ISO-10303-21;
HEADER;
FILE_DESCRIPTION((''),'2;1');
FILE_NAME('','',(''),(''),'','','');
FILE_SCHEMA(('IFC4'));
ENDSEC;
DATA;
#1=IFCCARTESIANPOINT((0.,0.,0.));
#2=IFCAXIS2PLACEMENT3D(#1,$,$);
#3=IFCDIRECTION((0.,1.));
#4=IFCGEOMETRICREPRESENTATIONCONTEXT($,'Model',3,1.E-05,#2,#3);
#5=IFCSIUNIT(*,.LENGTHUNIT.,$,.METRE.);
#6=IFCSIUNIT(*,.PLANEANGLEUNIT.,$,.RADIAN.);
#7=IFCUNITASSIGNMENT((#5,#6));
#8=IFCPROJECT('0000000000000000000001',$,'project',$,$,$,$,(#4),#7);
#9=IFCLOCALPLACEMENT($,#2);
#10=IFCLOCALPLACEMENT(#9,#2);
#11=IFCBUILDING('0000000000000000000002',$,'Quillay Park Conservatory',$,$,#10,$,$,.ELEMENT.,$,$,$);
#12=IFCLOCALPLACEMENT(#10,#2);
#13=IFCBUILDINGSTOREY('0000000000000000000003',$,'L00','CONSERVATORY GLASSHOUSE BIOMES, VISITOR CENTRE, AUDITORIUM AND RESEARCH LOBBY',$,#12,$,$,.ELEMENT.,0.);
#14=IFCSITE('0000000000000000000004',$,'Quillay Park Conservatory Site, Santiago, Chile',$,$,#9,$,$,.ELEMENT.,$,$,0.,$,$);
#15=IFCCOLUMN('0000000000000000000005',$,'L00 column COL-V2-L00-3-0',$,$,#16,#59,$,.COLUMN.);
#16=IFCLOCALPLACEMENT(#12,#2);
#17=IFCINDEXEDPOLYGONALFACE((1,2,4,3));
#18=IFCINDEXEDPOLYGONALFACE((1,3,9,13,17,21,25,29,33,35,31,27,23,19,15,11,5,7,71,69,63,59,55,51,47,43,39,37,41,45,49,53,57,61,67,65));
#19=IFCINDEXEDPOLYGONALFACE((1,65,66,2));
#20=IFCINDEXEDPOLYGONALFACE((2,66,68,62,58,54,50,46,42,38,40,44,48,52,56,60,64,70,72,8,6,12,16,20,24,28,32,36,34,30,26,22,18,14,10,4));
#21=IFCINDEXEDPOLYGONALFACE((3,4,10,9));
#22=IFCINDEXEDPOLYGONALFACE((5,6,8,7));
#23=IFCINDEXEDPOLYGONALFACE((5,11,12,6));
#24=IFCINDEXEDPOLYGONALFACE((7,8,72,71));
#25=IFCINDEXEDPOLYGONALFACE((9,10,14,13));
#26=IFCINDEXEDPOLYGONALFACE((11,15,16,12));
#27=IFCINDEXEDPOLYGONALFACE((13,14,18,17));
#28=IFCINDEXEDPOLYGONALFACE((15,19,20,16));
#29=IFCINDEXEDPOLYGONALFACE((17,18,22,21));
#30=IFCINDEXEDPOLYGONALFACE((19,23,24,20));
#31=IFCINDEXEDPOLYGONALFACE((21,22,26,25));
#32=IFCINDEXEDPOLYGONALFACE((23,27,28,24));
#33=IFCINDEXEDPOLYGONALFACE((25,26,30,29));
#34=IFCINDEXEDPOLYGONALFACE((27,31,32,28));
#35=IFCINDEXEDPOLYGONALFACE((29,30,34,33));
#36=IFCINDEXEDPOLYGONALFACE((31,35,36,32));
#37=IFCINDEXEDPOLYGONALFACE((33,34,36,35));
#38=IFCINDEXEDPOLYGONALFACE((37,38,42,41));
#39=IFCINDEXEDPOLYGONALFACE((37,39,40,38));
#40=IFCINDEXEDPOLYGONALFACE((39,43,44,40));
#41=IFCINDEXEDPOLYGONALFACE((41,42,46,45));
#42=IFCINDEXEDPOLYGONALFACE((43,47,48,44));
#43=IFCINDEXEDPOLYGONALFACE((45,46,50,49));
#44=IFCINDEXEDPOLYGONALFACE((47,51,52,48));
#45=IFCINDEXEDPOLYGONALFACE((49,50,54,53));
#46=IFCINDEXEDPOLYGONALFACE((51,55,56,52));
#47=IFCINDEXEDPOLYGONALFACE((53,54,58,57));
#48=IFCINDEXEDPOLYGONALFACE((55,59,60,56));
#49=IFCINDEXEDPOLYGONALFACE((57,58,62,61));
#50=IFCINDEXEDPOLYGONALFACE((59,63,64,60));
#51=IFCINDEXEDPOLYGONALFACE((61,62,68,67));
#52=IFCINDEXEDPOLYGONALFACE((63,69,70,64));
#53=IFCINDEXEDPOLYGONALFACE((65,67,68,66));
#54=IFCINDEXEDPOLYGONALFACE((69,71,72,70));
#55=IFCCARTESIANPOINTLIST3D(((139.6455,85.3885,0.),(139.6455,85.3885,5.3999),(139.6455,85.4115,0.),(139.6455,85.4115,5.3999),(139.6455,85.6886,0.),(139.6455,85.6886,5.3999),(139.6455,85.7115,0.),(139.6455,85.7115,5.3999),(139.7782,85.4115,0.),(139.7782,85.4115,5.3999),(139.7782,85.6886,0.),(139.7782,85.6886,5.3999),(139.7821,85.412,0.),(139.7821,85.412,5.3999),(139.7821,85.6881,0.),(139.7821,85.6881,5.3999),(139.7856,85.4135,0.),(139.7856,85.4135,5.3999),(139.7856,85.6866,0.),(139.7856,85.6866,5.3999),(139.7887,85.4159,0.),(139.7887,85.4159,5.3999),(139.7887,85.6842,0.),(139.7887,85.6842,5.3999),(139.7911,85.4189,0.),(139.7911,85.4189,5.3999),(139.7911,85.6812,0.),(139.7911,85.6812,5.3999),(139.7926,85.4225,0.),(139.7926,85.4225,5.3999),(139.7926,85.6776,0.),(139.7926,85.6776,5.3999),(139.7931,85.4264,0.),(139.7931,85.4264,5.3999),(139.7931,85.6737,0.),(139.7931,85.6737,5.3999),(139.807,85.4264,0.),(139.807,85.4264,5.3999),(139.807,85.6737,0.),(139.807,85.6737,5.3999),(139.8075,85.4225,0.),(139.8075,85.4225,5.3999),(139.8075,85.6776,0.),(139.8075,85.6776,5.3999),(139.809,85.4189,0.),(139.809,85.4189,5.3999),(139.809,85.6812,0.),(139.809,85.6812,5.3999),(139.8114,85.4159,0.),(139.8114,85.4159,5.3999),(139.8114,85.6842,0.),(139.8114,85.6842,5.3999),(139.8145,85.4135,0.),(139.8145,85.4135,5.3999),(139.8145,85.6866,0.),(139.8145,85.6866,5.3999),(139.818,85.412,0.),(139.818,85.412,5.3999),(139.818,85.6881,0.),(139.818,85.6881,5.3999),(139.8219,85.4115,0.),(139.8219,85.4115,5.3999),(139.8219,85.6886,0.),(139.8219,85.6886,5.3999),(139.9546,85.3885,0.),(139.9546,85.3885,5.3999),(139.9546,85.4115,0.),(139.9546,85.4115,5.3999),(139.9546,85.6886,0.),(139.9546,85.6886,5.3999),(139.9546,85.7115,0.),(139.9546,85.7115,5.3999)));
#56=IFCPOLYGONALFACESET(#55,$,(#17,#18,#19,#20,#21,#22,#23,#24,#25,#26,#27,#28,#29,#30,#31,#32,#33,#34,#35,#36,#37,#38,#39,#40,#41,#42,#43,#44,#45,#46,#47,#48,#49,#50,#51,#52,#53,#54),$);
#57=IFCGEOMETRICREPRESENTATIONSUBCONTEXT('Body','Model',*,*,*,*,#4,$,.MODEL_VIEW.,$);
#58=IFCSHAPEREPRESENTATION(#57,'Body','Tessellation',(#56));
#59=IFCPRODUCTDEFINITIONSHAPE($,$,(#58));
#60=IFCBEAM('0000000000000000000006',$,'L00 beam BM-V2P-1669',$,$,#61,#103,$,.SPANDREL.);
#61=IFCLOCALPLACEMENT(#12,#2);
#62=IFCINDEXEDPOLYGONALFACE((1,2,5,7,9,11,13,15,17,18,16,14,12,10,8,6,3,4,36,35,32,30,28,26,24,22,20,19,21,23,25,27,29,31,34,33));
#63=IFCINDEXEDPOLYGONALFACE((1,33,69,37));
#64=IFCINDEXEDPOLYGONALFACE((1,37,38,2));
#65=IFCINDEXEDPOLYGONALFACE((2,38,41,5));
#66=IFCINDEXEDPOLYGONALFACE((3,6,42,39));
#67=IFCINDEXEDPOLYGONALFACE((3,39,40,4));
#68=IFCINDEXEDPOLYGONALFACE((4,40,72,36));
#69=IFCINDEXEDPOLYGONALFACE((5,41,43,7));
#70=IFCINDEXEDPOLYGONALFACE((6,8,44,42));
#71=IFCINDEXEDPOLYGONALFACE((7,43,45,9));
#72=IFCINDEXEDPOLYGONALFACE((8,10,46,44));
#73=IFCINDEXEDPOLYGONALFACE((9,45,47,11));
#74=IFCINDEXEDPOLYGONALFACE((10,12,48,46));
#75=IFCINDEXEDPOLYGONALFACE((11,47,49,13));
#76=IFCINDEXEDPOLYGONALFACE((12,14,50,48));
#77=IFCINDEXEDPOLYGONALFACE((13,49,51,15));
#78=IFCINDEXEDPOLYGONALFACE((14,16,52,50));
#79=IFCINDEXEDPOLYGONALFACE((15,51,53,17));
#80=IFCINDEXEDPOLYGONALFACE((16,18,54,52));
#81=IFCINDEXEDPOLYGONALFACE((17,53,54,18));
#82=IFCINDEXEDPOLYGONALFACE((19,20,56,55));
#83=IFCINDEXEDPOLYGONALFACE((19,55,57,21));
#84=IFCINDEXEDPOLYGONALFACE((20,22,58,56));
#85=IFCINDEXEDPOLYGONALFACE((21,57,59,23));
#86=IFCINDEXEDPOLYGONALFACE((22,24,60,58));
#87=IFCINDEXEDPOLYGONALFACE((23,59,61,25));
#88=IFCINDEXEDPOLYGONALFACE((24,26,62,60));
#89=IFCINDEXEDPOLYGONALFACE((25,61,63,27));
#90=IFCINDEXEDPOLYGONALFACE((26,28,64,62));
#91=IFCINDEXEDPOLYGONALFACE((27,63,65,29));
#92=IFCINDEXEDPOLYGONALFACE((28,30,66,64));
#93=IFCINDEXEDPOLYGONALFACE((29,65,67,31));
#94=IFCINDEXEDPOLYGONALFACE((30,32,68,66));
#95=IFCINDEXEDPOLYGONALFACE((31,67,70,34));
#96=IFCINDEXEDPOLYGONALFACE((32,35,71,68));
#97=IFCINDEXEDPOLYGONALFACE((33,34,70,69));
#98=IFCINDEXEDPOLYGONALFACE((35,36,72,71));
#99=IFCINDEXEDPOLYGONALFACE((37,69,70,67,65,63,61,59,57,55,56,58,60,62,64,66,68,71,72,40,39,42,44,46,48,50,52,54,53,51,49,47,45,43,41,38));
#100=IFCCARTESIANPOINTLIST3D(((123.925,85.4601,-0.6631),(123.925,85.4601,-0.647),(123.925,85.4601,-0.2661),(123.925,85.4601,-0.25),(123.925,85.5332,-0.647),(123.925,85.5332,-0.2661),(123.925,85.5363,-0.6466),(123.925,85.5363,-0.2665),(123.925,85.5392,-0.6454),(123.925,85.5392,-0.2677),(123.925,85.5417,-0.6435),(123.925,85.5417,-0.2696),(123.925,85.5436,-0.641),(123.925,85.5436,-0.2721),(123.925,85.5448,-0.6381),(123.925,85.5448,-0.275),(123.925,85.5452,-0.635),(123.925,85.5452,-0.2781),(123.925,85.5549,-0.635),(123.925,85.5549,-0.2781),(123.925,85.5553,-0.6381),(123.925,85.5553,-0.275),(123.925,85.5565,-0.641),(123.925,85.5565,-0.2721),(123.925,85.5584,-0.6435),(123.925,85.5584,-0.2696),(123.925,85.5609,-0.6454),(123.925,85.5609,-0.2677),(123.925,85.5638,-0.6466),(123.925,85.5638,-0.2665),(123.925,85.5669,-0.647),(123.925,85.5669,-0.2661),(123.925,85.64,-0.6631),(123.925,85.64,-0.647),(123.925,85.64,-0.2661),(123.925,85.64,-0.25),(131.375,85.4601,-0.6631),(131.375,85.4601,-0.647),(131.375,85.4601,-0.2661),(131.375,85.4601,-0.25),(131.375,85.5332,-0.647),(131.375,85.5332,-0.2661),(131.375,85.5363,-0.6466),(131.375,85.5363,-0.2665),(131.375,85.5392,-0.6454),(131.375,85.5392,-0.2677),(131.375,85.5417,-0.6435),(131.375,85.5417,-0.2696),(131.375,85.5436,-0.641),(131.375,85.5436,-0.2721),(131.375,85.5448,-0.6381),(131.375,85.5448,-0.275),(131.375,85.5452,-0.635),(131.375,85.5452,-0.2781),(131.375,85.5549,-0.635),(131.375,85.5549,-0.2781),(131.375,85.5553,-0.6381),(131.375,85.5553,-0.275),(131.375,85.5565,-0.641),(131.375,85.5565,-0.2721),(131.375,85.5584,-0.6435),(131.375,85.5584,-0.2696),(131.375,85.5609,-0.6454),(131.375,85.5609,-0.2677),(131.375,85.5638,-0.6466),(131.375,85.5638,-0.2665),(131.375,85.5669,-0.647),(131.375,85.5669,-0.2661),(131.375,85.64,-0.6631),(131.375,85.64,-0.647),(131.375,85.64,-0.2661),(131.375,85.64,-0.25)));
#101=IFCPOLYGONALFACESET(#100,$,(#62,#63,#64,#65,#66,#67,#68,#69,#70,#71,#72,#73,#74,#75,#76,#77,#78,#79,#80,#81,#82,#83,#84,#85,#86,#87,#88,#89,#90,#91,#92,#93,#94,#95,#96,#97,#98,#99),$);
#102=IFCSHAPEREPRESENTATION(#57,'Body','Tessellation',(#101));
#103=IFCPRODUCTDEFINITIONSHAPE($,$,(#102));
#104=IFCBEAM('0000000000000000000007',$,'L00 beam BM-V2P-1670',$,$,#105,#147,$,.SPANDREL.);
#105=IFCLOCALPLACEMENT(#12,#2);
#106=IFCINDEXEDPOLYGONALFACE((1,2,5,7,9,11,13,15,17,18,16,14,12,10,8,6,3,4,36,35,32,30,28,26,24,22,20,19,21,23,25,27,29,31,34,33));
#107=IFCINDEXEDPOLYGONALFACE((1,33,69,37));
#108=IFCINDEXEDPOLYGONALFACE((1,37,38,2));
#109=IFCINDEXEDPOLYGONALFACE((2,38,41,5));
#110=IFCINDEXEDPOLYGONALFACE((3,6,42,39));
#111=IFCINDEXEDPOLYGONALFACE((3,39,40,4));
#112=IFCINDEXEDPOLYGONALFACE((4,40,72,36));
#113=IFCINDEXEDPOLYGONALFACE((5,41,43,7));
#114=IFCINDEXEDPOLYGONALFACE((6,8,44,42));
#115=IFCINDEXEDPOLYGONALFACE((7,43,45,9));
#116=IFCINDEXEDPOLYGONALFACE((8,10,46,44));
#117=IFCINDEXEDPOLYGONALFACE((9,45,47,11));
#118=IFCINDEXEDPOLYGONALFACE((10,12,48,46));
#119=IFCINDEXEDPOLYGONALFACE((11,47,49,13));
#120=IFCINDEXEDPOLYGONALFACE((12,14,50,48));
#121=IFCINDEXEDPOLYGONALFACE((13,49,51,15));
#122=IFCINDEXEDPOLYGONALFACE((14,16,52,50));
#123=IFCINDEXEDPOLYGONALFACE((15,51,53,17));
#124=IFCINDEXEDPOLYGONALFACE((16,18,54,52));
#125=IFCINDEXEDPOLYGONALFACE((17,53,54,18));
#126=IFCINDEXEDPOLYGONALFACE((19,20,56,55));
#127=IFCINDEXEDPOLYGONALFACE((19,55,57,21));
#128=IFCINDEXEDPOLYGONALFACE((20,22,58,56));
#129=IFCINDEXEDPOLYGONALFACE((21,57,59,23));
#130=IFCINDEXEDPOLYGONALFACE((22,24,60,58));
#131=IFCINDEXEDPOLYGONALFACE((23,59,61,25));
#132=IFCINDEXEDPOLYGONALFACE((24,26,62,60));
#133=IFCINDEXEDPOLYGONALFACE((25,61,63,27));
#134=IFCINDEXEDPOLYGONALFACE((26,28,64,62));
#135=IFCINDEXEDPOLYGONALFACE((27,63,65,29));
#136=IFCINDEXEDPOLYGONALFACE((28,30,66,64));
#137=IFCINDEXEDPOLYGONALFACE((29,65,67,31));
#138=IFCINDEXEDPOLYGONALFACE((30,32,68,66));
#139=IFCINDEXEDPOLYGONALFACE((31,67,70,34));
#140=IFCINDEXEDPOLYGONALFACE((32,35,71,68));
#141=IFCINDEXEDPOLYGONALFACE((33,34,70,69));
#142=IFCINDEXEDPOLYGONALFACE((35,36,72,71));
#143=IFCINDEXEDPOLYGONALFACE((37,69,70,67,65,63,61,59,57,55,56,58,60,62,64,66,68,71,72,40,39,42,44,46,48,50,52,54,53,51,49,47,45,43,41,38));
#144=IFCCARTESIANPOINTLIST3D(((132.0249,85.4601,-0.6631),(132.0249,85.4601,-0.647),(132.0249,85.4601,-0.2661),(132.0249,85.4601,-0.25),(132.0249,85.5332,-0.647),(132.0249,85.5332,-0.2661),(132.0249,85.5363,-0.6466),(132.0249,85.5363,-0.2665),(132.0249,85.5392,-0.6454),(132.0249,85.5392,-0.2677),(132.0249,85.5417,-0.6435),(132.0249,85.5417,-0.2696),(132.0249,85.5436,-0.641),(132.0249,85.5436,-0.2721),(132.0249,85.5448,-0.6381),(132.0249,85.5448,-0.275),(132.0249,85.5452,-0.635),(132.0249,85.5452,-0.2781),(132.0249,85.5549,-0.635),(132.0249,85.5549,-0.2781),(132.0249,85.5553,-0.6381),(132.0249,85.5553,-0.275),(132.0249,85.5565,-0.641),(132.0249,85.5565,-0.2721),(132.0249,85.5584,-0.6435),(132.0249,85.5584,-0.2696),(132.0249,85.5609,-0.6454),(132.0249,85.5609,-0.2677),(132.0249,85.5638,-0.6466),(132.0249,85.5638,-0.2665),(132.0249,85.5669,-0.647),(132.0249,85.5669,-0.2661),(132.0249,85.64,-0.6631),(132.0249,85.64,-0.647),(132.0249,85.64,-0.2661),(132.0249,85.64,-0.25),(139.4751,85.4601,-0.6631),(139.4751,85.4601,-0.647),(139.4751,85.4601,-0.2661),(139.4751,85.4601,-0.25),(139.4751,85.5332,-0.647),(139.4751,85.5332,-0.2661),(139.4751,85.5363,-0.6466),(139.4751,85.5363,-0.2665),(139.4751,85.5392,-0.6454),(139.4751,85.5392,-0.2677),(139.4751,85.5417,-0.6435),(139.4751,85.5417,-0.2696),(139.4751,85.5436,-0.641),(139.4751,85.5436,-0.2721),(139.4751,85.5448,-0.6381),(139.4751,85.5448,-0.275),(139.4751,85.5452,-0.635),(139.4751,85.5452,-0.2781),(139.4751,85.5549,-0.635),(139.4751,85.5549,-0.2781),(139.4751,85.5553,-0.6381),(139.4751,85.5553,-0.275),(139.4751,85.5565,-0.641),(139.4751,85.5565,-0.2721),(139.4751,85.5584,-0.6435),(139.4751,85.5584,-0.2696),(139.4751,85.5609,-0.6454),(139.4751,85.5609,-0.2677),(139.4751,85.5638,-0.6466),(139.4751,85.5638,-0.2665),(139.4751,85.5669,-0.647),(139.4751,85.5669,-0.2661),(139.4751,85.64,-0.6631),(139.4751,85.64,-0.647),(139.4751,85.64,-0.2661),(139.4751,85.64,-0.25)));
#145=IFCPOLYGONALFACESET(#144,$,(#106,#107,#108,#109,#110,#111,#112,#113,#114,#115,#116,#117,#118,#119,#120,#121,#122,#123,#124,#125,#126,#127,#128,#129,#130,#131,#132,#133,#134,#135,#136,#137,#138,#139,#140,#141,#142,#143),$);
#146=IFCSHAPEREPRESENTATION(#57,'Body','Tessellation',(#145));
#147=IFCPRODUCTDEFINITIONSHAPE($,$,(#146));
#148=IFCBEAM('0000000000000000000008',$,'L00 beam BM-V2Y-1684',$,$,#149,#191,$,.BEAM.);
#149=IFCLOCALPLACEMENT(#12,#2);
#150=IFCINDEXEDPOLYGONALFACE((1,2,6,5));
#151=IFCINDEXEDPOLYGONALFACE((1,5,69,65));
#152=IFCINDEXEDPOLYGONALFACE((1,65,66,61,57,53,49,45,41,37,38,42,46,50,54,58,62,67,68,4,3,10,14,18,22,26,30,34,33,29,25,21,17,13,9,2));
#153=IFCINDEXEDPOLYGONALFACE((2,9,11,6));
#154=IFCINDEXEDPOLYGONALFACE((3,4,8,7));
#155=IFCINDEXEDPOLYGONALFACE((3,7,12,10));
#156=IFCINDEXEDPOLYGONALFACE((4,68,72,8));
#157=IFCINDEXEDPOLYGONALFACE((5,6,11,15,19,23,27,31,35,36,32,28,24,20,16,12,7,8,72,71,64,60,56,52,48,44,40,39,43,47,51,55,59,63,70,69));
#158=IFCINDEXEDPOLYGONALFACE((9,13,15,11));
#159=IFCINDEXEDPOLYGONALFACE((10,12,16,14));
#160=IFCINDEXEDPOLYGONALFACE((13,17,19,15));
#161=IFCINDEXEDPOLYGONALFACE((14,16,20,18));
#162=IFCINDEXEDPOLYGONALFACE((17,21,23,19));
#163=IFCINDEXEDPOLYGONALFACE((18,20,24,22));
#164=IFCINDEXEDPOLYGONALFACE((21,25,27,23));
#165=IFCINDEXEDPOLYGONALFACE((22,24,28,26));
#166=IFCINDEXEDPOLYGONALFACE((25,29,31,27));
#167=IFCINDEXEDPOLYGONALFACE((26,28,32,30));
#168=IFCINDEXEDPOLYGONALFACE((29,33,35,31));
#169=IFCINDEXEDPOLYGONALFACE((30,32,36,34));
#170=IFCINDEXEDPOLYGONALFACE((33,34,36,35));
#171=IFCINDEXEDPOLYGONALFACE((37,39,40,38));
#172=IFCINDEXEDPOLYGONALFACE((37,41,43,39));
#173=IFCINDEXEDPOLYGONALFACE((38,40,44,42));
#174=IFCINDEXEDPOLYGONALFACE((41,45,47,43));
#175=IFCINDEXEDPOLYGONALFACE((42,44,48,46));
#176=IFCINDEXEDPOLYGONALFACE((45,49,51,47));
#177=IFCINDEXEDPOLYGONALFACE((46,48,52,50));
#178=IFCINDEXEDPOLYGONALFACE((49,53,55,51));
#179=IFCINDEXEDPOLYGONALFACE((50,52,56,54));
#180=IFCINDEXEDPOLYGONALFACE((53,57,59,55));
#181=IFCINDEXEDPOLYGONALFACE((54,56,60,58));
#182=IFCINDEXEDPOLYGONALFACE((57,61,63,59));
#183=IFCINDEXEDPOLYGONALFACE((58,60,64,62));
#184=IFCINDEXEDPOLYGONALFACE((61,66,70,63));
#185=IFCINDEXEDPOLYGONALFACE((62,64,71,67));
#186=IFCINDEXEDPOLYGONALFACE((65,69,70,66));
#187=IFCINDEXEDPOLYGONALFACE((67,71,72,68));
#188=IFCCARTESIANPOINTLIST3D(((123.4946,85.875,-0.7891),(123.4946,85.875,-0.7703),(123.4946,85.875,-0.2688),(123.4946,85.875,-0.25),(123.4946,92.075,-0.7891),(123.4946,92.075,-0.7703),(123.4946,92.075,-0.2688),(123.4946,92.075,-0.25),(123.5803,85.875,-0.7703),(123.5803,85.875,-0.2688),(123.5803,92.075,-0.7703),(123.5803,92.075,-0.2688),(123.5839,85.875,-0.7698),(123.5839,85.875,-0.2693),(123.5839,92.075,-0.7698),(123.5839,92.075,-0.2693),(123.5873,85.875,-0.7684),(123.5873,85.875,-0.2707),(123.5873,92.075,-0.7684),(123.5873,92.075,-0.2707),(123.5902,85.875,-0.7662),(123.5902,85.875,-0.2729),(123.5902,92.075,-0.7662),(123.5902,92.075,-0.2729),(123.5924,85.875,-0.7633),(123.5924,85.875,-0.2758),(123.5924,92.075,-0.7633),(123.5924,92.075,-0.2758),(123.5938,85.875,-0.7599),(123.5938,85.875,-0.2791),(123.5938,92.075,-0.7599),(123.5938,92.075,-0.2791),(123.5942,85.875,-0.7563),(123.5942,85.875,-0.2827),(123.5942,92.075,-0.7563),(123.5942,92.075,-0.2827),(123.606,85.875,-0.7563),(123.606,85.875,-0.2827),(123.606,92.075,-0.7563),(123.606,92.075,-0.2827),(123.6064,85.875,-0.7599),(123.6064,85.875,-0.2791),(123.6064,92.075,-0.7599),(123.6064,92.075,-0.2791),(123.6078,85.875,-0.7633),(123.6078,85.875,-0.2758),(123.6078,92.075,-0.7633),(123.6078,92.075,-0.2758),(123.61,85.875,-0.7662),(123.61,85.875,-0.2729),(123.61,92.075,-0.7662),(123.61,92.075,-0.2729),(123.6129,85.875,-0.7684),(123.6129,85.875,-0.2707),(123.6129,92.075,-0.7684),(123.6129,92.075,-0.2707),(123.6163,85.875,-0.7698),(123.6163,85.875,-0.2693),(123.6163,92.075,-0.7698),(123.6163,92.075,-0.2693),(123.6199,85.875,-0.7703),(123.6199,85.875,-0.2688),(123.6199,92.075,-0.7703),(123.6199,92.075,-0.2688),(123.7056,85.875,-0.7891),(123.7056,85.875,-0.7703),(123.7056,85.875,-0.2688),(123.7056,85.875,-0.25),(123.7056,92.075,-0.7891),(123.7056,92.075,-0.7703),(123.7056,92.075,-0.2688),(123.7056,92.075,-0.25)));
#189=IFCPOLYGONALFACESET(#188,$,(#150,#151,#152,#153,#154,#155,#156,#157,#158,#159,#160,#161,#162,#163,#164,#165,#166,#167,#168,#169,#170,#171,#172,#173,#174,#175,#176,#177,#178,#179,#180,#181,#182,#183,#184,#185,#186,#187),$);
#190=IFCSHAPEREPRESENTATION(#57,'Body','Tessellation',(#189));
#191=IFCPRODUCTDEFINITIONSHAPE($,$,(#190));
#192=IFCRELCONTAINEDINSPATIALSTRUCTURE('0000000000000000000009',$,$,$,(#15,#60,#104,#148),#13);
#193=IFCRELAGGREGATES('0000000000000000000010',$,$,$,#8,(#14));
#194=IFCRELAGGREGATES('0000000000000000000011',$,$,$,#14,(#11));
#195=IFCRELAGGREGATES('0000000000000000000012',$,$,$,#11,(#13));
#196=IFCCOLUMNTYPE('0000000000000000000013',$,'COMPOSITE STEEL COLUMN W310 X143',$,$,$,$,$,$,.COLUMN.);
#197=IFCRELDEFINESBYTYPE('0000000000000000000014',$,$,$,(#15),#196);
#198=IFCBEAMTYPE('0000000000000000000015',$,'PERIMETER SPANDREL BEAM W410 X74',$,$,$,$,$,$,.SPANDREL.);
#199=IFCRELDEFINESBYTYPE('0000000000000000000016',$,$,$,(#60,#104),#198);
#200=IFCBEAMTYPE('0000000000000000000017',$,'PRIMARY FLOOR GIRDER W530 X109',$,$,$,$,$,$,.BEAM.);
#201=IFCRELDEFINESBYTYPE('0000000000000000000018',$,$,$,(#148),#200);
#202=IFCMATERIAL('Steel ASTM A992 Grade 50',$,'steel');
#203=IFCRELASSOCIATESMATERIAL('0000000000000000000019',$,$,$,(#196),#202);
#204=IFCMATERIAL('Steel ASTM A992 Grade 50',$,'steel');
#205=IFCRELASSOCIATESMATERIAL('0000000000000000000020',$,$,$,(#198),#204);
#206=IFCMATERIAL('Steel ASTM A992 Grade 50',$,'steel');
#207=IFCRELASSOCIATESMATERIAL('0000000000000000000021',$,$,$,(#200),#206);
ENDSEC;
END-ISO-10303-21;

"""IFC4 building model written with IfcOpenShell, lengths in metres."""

from ifc_helpers import new_model, si_unit, direction, frame, origin, origin_2d, place, context, subcontext, project, spatial, i_section, extrude, material, material_profile, profile_set, type_object, element, save


model = new_model("IFC4")

# Units and contexts
model_context = context("Model", 3, precision=1e-05, world=origin(), true_north=direction((0.0, 1.0)))
body_context = subcontext(model_context, "Body", "Model", "MODEL_VIEW")
ifc_project = project(units=[si_unit("LENGTHUNIT", "METRE"), si_unit("PLANEANGLEUNIT", "RADIAN")], contexts=[model_context])

# Site, building, storey
site_placement = place(None, origin())
site = spatial("IfcSite", under=ifc_project, at=site_placement, Name="Quillay Park Conservatory Site, Santiago, Chile", CompositionType="ELEMENT", RefElevation=0.0)
building_placement = place(site_placement, origin())
building = spatial("IfcBuilding", under=site, at=building_placement, Name="Quillay Park Conservatory", CompositionType="ELEMENT")
storey_placement = place(building_placement, origin())
storey = spatial("IfcBuildingStorey", under=building, at=storey_placement, Name="L00", Description="CONSERVATORY GLASSHOUSE BIOMES, VISITOR CENTRE, AUDITORIUM AND RESEARCH LOBBY", CompositionType="ELEMENT", Elevation=0.0)

# Column
ifc_material_1 = material(Name="Steel ASTM A992 Grade 50", Category="steel")
ifc_material_profile_1 = material_profile(ifc_material_1, i_section(OverallWidth=0.3091, OverallDepth=0.323, WebThickness=0.0139, FlangeThickness=0.0229, FilletRadius=0.0149, at=origin_2d()), Name="W310x143")
ifc_profile_set_1 = profile_set([ifc_material_profile_1], Name="Steel ASTM A992 Grade 50")
column_type = type_object("IfcColumnType", Name="COMPOSITE STEEL COLUMN W310 X143", PredefinedType="COLUMN", material=ifc_profile_set_1)
for number, where, z_axis, x_axis, name in (
    (1, (139.8, 85.55, 0.0), (0.0, 0.0, 1.0), (1.0, 0.0, 0.0), "L00 column COL-V2-L00-3-0"),
):
    element("IfcColumn", number, at=place(storey_placement, frame(where, z_axis=z_axis, x_axis=x_axis)), inside=storey, type_object=column_type, Name=name, PredefinedType="COLUMN", context=body_context, shape_type="SweptSolid", body=[
        extrude(i_section(OverallWidth=0.3091, OverallDepth=0.323, WebThickness=0.0139, FlangeThickness=0.0229, FilletRadius=0.0149, at=origin_2d()), origin(), (0.0, 0.0, 1.0), 5.3999),
    ])

# Beams
ifc_material_2 = material(Name="Steel ASTM A992 Grade 50", Category="steel")
ifc_material_profile_2 = material_profile(ifc_material_2, i_section(OverallWidth=0.1799, OverallDepth=0.4131, WebThickness=0.0098, FlangeThickness=0.0161, FilletRadius=0.012, at=origin_2d()), Name="W410x74")
ifc_profile_set_2 = profile_set([ifc_material_profile_2], Name="Steel ASTM A992 Grade 50")
beam_type_1 = type_object("IfcBeamType", Name="PERIMETER SPANDREL BEAM W410 X74", PredefinedType="SPANDREL", material=ifc_profile_set_2)
beam_1_placement = place(storey_placement, frame((123.925, 85.55, -0.4565), z_axis=(1.0, 0.0, 0.0), x_axis=(0.0, 1.0, 0.0)))
element("IfcBeam", 2, at=beam_1_placement, inside=storey, type_object=beam_type_1, Name="L00 beam BM-V2P-1669", PredefinedType="SPANDREL", context=body_context, shape_type="SweptSolid", body=[
    extrude(i_section(OverallWidth=0.1799, OverallDepth=0.4131, WebThickness=0.0098, FlangeThickness=0.0161, FilletRadius=0.012, at=origin_2d()), origin(), (0.0, 0.0, 1.0), 7.45),
])
beam_2_placement = place(storey_placement, frame((132.0249, 85.55, -0.4565), z_axis=(1.0, 0.0, 0.0), x_axis=(0.0, 1.0, 0.0)))
element("IfcBeam", 3, at=beam_2_placement, inside=storey, type_object=beam_type_1, Name="L00 beam BM-V2P-1670", PredefinedType="SPANDREL", context=body_context, shape_type="SweptSolid", body=[
    extrude(i_section(OverallWidth=0.1799, OverallDepth=0.4131, WebThickness=0.0098, FlangeThickness=0.0161, FilletRadius=0.012, at=origin_2d()), origin(), (0.0, 0.0, 1.0), 7.4502),
])
ifc_material_3 = material(Name="Steel ASTM A992 Grade 50", Category="steel")
ifc_material_profile_3 = material_profile(ifc_material_3, i_section(OverallWidth=0.2109, OverallDepth=0.5391, WebThickness=0.0117, FlangeThickness=0.0188, FilletRadius=0.0139, at=origin_2d()), Name="W530x109")
ifc_profile_set_3 = profile_set([ifc_material_profile_3], Name="Steel ASTM A992 Grade 50")
beam_type_2 = type_object("IfcBeamType", Name="PRIMARY FLOOR GIRDER W530 X109", PredefinedType="BEAM", material=ifc_profile_set_3)
beam_3_placement = place(storey_placement, frame((123.6001, 85.875, -0.5195), z_axis=(0.0, 1.0, 0.0), x_axis=(-1.0, 0.0, 0.0)))
element("IfcBeam", 4, at=beam_3_placement, inside=storey, type_object=beam_type_2, Name="L00 beam BM-V2Y-1684", PredefinedType="BEAM", context=body_context, shape_type="SweptSolid", body=[
    extrude(i_section(OverallWidth=0.2109, OverallDepth=0.5391, WebThickness=0.0117, FlangeThickness=0.0188, FilletRadius=0.0139, at=origin_2d()), origin(), (0.0, 0.0, 1.0), 6.2),
])

save(model, "model.ifc")
